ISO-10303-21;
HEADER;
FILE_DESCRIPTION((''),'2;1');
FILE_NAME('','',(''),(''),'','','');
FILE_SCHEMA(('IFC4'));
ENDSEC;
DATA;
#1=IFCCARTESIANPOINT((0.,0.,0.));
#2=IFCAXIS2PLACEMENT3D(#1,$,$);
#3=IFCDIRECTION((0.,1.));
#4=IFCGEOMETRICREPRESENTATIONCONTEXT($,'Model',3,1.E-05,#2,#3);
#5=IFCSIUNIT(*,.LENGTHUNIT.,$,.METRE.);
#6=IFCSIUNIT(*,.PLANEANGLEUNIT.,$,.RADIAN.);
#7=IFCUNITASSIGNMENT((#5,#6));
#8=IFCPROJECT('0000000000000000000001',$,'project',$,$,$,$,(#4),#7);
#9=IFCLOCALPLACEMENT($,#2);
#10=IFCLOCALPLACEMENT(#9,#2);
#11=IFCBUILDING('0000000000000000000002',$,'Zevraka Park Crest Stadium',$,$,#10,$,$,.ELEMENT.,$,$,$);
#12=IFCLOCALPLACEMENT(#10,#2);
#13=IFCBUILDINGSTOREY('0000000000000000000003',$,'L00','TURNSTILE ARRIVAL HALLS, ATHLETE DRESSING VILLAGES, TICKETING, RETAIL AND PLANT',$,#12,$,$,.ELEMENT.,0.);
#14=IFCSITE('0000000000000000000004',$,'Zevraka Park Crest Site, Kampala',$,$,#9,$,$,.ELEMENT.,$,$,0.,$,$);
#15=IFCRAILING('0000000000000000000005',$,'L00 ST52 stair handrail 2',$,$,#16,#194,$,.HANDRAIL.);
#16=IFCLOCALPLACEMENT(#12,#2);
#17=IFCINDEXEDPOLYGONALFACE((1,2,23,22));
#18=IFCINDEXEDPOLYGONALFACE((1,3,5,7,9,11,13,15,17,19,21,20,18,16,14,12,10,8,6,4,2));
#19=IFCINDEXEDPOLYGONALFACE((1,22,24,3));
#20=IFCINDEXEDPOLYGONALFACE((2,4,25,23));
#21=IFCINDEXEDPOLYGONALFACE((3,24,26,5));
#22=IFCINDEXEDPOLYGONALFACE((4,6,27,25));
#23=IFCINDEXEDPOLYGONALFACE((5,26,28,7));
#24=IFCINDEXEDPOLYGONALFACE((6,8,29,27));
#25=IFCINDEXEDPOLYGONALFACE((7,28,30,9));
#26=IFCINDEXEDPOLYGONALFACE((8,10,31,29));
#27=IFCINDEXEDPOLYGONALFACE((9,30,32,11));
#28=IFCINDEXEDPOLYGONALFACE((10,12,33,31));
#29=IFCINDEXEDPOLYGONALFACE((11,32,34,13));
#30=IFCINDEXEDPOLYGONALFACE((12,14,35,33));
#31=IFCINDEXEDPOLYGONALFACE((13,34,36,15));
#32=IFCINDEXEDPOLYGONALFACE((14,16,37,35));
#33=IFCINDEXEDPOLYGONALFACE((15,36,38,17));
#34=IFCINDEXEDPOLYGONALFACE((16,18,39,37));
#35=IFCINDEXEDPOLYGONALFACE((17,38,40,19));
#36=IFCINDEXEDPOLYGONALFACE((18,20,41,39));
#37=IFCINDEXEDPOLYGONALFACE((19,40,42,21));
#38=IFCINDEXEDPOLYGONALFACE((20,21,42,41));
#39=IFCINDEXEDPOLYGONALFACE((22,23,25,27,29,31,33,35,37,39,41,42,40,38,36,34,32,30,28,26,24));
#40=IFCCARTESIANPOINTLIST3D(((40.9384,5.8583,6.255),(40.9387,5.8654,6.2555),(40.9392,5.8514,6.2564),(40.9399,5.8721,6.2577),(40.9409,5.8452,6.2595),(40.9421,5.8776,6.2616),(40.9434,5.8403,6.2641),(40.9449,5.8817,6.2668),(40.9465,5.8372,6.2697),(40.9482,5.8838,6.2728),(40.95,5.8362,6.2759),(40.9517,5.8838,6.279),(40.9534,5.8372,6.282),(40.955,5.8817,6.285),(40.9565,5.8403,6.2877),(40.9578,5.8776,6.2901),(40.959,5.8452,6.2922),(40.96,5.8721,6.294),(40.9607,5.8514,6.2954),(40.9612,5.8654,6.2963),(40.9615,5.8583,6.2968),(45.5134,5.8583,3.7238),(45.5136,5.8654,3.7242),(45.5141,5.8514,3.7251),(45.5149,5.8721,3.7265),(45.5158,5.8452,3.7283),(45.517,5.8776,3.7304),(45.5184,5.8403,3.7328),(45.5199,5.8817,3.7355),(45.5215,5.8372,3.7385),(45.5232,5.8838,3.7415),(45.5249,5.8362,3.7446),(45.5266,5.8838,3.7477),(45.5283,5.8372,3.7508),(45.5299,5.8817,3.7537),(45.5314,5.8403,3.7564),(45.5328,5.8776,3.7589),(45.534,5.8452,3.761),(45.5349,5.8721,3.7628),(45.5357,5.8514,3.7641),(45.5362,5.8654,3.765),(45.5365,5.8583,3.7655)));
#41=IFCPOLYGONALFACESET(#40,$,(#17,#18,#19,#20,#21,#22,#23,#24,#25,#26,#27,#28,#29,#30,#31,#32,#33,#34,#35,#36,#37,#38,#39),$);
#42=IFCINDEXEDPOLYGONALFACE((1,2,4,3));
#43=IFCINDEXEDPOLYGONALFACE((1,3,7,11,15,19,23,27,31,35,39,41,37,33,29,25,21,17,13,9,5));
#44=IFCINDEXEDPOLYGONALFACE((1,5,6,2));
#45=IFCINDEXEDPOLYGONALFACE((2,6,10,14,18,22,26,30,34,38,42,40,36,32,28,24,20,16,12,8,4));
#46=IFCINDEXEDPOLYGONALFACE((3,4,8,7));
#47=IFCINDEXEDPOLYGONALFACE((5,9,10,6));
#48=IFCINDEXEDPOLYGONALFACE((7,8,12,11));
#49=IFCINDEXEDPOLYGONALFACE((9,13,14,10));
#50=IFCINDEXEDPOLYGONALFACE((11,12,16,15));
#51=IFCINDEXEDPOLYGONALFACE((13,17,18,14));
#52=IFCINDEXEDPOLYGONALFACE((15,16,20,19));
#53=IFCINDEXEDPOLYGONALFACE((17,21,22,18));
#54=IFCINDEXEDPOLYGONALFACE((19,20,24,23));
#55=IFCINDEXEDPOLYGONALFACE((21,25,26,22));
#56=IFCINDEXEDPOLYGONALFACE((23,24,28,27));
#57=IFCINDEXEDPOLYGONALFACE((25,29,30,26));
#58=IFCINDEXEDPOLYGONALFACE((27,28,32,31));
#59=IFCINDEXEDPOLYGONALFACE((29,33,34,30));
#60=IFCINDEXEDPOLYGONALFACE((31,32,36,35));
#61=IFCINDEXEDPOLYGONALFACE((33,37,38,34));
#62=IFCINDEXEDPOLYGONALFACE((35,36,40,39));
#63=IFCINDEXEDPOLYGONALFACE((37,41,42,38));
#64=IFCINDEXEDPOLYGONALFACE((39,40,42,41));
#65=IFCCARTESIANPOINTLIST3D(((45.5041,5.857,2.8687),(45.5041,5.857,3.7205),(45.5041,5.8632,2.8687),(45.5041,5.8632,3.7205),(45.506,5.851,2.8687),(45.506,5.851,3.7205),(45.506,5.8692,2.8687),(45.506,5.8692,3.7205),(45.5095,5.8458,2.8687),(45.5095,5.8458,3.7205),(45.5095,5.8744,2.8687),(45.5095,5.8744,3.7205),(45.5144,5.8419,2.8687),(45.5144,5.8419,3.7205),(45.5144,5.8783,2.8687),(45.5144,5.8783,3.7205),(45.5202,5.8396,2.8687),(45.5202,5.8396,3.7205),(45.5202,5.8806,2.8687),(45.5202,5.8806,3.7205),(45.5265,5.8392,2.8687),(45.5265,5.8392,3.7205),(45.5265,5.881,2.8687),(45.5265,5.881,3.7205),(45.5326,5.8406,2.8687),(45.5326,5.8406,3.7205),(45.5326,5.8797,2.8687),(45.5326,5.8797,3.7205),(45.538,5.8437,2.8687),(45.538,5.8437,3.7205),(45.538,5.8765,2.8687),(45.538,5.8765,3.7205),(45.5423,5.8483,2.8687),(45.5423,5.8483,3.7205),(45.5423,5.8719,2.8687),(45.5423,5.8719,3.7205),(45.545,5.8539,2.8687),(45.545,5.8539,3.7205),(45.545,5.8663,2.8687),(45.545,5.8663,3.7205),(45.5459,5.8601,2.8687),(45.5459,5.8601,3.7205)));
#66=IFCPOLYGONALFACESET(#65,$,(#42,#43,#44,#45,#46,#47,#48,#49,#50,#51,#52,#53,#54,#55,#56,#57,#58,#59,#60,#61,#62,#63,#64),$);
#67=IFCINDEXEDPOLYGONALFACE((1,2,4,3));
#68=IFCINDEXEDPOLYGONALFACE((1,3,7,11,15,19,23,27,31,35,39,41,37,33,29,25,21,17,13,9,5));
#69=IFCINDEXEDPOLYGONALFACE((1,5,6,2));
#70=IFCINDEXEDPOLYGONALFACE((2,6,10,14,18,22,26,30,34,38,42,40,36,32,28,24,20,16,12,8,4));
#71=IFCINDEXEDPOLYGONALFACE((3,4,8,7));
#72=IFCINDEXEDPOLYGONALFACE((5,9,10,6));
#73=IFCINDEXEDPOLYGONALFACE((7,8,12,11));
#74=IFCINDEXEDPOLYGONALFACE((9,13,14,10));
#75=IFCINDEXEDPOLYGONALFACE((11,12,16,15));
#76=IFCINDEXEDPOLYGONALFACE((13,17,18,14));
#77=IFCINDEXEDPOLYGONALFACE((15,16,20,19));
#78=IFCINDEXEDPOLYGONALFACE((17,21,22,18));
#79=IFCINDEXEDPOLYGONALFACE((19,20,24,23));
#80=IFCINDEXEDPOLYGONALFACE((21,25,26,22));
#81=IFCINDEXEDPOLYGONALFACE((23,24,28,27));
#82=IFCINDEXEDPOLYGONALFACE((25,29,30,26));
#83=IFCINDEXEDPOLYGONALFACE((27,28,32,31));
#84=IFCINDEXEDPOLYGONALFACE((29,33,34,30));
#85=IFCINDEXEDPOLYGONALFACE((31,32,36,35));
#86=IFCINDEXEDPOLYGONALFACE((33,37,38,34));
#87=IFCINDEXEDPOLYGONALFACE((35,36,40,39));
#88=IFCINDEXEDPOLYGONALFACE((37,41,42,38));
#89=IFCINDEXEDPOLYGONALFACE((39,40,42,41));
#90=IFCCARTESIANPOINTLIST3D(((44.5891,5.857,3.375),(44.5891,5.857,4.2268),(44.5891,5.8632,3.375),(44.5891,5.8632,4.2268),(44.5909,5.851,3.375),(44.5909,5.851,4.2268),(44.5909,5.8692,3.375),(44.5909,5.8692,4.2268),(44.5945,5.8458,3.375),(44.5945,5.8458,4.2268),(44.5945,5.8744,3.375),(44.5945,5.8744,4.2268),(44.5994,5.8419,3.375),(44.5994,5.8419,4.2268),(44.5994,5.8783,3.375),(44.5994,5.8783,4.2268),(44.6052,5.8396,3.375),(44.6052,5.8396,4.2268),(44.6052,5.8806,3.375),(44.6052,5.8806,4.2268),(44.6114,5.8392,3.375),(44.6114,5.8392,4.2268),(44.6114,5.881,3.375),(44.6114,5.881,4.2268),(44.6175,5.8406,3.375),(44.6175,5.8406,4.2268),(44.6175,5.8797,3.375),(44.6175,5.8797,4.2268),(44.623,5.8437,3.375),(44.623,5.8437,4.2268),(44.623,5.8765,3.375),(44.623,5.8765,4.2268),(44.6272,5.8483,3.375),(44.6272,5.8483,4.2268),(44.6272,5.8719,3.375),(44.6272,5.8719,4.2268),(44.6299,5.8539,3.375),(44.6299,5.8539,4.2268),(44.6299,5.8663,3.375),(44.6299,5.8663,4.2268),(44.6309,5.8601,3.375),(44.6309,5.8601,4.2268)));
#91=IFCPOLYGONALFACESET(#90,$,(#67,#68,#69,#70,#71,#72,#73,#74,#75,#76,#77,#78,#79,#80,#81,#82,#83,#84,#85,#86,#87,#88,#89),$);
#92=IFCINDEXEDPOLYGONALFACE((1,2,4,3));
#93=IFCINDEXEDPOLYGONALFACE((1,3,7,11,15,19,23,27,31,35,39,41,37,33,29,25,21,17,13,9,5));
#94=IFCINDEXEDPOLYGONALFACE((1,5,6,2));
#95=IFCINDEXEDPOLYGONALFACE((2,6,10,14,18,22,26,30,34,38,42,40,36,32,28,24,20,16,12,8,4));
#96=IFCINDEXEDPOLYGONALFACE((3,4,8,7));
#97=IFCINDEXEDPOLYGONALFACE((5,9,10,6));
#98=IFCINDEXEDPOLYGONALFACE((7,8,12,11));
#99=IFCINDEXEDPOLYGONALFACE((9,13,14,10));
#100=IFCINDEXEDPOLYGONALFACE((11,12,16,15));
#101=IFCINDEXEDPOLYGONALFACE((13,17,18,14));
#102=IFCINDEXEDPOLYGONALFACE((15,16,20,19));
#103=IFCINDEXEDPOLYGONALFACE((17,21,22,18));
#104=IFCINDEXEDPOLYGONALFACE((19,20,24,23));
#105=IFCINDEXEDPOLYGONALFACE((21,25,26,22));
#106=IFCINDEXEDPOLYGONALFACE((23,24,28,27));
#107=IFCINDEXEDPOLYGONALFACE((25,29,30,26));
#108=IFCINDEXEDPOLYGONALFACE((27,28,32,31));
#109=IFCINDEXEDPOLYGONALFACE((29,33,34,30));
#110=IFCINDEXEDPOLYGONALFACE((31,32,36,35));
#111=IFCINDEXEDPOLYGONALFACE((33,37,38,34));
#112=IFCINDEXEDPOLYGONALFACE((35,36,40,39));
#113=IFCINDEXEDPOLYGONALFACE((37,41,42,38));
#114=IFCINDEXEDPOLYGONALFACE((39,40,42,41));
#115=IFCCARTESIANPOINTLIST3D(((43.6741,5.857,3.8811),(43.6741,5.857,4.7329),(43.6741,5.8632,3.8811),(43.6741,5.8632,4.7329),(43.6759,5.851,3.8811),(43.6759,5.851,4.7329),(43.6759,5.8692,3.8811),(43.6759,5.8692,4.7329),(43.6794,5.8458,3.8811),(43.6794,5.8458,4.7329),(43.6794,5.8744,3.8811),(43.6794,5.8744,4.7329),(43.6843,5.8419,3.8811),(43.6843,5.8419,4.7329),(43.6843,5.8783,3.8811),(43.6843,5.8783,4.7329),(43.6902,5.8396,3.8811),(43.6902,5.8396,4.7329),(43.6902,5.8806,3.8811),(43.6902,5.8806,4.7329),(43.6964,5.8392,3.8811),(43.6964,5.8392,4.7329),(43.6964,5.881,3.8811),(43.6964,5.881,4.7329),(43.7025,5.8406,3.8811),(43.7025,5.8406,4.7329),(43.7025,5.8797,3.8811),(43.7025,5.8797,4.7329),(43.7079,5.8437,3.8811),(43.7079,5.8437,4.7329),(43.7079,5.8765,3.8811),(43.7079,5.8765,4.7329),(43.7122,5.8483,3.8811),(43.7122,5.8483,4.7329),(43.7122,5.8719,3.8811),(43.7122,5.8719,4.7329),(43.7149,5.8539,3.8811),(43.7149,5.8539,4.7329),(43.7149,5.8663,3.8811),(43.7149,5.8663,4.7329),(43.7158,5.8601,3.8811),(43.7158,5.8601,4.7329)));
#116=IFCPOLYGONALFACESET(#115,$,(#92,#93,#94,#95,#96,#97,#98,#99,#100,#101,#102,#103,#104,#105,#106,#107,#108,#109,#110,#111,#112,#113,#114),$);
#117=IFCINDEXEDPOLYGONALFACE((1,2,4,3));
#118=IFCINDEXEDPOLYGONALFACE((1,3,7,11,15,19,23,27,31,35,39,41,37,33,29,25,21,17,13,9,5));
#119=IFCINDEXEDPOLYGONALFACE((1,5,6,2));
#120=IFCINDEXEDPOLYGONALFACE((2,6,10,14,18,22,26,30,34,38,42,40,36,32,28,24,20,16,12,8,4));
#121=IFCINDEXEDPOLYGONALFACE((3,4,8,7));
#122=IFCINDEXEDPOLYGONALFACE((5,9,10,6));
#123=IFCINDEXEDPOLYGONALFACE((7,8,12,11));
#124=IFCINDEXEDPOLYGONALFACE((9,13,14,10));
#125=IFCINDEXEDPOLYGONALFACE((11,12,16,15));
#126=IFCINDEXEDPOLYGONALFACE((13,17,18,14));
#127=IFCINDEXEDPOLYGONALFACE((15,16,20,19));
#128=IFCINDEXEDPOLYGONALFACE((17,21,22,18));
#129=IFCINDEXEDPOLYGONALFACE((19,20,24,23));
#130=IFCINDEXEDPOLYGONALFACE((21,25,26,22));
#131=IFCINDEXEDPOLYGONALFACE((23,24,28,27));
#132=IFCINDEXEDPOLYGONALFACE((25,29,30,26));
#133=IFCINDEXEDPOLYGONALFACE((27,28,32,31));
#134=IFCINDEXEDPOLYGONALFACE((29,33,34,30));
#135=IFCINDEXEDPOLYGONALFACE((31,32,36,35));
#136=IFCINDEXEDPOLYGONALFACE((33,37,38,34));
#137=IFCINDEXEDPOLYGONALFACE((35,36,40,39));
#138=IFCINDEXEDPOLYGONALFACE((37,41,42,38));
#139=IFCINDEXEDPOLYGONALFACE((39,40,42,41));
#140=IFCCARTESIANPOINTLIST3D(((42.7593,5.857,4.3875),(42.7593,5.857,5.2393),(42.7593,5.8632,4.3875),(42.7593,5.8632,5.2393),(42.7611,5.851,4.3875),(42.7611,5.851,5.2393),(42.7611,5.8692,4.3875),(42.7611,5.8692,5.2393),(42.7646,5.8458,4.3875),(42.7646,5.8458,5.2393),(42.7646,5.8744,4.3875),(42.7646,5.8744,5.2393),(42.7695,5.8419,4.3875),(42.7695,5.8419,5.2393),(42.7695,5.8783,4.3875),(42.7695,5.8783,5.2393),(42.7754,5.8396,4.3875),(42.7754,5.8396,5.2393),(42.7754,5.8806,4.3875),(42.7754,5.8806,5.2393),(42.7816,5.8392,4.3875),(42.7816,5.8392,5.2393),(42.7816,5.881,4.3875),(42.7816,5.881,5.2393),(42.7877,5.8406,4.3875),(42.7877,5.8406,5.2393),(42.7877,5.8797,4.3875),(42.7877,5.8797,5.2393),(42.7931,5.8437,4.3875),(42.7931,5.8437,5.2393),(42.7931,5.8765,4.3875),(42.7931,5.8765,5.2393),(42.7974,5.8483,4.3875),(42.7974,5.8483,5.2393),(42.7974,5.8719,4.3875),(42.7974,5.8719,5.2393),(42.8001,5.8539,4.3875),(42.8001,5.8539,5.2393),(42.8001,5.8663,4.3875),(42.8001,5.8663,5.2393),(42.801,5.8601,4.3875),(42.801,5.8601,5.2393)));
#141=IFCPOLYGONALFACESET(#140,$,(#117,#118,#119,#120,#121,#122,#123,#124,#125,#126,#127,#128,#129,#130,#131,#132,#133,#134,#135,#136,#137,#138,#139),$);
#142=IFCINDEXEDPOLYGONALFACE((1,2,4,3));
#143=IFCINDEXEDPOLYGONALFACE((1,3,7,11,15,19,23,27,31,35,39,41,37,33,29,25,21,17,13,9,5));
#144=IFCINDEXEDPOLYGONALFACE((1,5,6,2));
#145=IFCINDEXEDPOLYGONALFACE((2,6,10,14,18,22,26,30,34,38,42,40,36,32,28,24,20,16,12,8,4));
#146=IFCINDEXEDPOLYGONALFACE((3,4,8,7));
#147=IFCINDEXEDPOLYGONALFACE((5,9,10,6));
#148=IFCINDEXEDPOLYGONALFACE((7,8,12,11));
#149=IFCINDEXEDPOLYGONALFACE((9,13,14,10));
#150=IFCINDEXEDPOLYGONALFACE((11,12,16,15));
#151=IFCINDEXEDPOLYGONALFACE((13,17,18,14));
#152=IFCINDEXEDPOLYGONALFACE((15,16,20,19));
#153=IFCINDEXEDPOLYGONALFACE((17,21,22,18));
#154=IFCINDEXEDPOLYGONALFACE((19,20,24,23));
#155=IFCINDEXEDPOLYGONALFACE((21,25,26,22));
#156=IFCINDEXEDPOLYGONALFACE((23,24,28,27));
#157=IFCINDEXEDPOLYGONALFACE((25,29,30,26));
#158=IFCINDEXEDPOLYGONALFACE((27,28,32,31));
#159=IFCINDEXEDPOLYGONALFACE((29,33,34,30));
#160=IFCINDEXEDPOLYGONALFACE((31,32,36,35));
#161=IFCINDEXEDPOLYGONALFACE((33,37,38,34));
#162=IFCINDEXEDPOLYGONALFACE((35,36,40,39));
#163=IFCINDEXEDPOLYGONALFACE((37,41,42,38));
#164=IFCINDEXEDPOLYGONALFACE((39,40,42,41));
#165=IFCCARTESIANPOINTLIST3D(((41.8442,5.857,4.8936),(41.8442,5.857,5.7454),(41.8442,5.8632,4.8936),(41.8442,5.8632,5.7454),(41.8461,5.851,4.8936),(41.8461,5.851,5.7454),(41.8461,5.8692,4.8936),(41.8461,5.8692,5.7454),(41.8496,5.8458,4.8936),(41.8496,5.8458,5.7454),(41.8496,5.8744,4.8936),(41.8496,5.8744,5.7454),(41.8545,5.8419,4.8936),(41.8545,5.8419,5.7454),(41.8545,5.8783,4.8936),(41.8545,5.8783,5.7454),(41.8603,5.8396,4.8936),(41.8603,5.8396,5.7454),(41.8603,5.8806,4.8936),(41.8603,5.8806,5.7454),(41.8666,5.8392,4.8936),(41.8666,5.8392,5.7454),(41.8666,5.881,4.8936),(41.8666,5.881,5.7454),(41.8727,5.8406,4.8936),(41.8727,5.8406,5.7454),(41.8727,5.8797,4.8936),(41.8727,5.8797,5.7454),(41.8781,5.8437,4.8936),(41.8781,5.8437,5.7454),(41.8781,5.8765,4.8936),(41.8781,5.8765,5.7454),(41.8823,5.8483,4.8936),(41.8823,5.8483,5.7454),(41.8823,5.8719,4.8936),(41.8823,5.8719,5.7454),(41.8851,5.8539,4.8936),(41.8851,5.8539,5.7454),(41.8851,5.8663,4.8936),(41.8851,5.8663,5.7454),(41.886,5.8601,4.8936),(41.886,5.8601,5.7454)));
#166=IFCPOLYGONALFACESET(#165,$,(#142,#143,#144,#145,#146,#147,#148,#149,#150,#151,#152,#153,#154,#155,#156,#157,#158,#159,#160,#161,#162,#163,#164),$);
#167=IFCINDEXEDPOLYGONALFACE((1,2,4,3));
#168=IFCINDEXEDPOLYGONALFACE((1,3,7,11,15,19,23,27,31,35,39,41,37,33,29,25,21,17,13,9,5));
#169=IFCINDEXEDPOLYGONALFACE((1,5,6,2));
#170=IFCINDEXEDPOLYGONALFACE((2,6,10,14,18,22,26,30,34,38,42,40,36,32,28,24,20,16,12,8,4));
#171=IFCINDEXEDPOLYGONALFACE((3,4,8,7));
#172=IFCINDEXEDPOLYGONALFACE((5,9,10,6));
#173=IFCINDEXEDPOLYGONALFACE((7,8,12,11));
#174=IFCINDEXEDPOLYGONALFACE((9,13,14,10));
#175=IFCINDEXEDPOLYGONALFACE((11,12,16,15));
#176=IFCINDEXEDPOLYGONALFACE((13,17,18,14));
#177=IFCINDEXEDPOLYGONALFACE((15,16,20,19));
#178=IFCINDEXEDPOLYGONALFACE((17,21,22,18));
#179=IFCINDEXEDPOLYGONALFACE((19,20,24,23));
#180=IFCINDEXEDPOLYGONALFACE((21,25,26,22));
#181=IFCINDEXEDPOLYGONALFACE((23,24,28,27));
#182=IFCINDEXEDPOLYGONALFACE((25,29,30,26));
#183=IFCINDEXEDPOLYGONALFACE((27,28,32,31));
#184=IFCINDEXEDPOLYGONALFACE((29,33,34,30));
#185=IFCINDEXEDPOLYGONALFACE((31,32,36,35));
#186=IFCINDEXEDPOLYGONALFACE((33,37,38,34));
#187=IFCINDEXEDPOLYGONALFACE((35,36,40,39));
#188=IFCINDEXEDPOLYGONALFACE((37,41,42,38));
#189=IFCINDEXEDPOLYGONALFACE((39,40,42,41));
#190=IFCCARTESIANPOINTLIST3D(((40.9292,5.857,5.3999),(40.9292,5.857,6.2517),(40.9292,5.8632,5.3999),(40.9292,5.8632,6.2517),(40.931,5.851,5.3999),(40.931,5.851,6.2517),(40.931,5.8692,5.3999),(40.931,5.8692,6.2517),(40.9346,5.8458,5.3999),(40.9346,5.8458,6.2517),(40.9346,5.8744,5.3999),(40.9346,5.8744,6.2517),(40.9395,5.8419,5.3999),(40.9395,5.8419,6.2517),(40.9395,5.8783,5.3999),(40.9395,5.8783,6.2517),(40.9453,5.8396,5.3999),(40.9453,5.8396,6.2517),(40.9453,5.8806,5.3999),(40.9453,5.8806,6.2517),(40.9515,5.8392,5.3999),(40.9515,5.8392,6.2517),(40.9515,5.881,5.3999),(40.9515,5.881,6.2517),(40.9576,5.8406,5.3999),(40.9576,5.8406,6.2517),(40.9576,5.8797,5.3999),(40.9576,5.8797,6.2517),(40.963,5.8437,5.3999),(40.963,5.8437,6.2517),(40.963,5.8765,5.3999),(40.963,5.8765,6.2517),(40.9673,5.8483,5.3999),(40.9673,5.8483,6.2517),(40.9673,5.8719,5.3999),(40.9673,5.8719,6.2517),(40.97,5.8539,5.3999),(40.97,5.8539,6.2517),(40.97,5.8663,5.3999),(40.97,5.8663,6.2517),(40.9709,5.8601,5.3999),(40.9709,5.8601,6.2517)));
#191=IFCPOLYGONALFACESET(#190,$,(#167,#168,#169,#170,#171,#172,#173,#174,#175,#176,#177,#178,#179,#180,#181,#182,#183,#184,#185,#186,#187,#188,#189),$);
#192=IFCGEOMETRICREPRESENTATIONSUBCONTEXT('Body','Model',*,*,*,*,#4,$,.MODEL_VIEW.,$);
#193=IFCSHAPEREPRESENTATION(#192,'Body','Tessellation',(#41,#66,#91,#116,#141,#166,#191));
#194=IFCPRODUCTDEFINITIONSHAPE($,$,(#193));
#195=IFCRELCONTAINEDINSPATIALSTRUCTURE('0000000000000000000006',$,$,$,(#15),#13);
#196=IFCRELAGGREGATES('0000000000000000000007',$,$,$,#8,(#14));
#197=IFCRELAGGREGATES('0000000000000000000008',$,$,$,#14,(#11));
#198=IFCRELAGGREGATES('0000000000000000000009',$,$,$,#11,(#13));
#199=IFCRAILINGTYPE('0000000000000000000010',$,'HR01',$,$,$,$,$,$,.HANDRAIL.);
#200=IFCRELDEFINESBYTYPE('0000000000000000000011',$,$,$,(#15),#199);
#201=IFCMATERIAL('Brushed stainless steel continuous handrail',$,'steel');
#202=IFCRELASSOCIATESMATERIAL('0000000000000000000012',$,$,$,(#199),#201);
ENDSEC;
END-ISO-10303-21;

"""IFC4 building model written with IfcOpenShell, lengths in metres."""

from ifc_helpers import new_model, si_unit, direction, frame, origin, origin_2d, place, context, subcontext, project, spatial, circle, extrude, material, type_object, element, save


model = new_model("IFC4")

# Units and contexts
model_context = context("Model", 3, precision=1e-05, world=origin(), true_north=direction((0.0, 1.0)))
body_context = subcontext(model_context, "Body", "Model", "MODEL_VIEW")
ifc_project = project(units=[si_unit("LENGTHUNIT", "METRE"), si_unit("PLANEANGLEUNIT", "RADIAN")], contexts=[model_context])

# Site, building, storey
site_placement = place(None, origin())
site = spatial("IfcSite", under=ifc_project, at=site_placement, Name="Zevraka Park Crest Site, Kampala", CompositionType="ELEMENT", RefElevation=0.0)
building_placement = place(site_placement, origin())
building = spatial("IfcBuilding", under=site, at=building_placement, Name="Zevraka Park Crest Stadium", CompositionType="ELEMENT")
storey_placement = place(building_placement, origin())
storey = spatial("IfcBuildingStorey", under=building, at=storey_placement, Name="L00", Description="TURNSTILE ARRIVAL HALLS, ATHLETE DRESSING VILLAGES, TICKETING, RETAIL AND PLANT", CompositionType="ELEMENT", Elevation=0.0)

# Railing
ifc_material_1 = material(Name="Brushed stainless steel continuous handrail", Category="steel")
railing_type_1 = type_object("IfcRailingType", Name="HR01", PredefinedType="HANDRAIL", material=ifc_material_1)
railing_1_placement = place(storey_placement, frame((45.5249, 5.8601, 2.8687)))
element("IfcRailing", 1, at=railing_1_placement, inside=storey, type_object=railing_type_1, Name="L00 ST52 stair handrail 2", PredefinedType="HANDRAIL", context=body_context, shape_type="SweptSolid", body=[
    extrude(circle(Radius=0.0239, at=origin_2d()), frame((0.0, 0.0, 0.876), z_axis=(-0.875, 0.0, 0.484124), x_axis=(0.0, -1.0, 0.0)), (0.0, 0.0, 1.0), 5.2285),
    extrude(circle(Radius=0.021, at=origin_2d()), origin(), (0.0, 0.0, 1.0), 0.8518),
    extrude(circle(Radius=0.021, at=origin_2d()), frame((-0.915, 0.0, 0.5063)), (0.0, 0.0, 1.0), 0.8518),
    extrude(circle(Radius=0.021, at=origin_2d()), frame((-1.8301, 0.0, 1.0125)), (0.0, 0.0, 1.0), 0.8518),
    extrude(circle(Radius=0.021, at=origin_2d()), frame((-2.7449, 0.0, 1.5188)), (0.0, 0.0, 1.0), 0.8518),
    extrude(circle(Radius=0.021, at=origin_2d()), frame((-3.6599, 0.0, 2.0249)), (0.0, 0.0, 1.0), 0.8518),
    extrude(circle(Radius=0.021, at=origin_2d()), frame((-4.575, 0.0, 2.5312)), (0.0, 0.0, 1.0), 0.8518),
])

save(model, "model.ifc")
